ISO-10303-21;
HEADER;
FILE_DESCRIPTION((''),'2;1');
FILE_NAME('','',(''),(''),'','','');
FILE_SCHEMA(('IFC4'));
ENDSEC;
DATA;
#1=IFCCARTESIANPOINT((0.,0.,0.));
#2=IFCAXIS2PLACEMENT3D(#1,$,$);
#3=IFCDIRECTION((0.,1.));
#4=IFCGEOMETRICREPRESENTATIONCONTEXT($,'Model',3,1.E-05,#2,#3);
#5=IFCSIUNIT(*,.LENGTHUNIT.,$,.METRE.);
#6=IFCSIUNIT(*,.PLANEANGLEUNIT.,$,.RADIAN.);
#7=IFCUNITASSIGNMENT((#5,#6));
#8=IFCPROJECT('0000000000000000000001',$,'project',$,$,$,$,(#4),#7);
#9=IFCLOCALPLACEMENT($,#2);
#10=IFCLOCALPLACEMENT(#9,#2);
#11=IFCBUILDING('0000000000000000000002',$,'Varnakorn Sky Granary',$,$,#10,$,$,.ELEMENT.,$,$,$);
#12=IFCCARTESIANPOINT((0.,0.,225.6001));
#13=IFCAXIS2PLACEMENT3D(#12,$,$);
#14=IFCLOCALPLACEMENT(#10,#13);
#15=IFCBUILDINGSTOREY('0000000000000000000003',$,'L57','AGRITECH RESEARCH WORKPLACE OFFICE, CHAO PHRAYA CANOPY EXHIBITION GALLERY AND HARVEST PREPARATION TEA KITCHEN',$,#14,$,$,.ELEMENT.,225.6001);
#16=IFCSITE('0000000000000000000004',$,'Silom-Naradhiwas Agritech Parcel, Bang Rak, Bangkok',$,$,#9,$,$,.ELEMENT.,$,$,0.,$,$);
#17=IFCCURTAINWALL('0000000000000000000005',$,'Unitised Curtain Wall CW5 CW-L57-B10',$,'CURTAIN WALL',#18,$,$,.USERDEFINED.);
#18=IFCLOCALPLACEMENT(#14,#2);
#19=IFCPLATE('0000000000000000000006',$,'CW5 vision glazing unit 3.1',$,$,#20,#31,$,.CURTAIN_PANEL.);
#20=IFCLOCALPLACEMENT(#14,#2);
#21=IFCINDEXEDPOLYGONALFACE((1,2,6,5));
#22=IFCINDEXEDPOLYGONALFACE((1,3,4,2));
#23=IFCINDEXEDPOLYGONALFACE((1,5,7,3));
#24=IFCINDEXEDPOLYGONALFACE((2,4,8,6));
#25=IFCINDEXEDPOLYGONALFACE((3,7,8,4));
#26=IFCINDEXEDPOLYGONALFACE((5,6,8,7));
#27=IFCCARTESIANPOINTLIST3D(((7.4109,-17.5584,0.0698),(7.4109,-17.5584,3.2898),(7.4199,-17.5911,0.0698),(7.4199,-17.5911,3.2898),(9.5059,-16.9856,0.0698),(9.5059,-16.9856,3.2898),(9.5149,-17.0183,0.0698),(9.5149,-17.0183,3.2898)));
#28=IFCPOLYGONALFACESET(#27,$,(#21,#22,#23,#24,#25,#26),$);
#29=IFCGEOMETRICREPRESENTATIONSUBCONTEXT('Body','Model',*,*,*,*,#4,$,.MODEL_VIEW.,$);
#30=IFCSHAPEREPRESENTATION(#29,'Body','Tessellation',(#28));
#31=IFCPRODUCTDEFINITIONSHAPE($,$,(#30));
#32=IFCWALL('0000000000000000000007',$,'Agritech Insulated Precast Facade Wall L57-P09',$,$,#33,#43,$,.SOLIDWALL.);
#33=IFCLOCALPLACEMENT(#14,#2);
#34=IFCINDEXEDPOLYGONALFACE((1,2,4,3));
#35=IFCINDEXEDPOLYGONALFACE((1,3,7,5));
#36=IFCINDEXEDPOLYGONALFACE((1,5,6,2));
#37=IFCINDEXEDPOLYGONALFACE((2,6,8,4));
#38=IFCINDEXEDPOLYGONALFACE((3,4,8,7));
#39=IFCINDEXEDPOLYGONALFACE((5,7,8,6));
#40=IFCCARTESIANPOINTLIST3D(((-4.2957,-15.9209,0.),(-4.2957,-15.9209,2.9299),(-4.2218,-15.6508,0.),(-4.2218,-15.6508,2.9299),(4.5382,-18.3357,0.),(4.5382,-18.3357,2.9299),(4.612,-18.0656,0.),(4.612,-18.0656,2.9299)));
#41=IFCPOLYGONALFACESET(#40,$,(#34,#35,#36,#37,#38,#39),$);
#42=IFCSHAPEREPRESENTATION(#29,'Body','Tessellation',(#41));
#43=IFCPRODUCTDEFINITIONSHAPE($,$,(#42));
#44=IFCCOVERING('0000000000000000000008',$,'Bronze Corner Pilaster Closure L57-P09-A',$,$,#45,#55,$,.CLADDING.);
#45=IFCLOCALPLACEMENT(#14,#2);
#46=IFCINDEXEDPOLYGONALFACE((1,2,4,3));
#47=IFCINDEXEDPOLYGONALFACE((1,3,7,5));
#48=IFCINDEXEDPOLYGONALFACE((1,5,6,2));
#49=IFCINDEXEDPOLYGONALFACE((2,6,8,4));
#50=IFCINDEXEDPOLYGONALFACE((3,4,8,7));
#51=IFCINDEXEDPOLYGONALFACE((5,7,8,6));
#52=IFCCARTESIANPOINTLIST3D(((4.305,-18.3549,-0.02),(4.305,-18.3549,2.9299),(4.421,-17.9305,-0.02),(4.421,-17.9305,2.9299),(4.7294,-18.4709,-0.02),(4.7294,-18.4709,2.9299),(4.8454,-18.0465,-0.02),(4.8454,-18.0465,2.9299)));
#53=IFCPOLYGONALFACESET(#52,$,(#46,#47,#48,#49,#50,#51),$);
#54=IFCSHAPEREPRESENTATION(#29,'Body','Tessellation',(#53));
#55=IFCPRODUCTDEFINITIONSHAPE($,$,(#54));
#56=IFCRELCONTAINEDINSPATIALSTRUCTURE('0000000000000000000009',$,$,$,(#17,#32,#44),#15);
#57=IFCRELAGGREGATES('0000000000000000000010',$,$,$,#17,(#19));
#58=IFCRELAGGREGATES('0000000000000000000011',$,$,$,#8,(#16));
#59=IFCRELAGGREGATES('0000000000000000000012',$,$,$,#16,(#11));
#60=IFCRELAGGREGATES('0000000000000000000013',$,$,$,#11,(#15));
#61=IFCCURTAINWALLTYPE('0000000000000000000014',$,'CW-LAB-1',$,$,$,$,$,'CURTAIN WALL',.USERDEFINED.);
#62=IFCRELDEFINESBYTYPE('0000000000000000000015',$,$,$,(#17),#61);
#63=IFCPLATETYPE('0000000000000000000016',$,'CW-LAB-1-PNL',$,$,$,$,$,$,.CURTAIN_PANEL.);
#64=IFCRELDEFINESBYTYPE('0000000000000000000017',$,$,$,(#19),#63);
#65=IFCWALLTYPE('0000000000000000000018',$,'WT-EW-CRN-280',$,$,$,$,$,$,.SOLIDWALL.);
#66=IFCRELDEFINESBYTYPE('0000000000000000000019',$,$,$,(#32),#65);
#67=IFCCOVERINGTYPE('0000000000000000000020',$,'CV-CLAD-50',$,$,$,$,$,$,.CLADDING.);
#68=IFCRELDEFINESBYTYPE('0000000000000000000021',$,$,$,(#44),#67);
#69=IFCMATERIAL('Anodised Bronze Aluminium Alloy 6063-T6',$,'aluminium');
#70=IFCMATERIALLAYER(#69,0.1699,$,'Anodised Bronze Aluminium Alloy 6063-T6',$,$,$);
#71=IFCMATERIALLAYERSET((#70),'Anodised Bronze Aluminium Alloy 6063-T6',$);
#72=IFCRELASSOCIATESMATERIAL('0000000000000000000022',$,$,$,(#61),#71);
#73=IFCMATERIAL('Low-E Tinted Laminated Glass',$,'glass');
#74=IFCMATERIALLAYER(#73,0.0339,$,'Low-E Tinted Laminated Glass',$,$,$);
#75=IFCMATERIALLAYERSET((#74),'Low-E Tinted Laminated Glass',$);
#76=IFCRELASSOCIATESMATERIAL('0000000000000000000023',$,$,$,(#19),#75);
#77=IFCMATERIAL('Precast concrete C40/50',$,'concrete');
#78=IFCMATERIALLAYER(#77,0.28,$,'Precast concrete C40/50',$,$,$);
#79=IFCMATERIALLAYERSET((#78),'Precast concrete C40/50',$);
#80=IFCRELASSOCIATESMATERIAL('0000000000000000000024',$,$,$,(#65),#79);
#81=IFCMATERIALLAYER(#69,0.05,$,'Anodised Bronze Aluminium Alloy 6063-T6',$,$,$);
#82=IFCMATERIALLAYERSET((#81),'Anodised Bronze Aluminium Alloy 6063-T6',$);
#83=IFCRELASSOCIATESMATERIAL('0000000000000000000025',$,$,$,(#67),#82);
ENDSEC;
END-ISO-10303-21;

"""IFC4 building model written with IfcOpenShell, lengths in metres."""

from ifc_helpers import new_model, si_unit, direction, frame, frame_2d, origin, origin_2d, place, context, subcontext, project, spatial, rectangle, extrude, source, transform, mapped, material, layer, layer_set, type_object, type_shapes, element, aggregate, save


model = new_model("IFC4")

# Units and contexts
model_context = context("Model", 3, precision=1e-05, world=origin(), true_north=direction((0.0, 1.0)))
body_context = subcontext(model_context, "Body", "Model", "MODEL_VIEW")
ifc_project = project(units=[si_unit("LENGTHUNIT", "METRE"), si_unit("PLANEANGLEUNIT", "RADIAN")], contexts=[model_context])

# Site, building, storey
site_placement = place(None, origin())
site = spatial("IfcSite", under=ifc_project, at=site_placement, Name="Silom-Naradhiwas Agritech Parcel, Bang Rak, Bangkok", CompositionType="ELEMENT", RefElevation=0.0)
building_placement = place(site_placement, origin())
building = spatial("IfcBuilding", under=site, at=building_placement, Name="Varnakorn Sky Granary", CompositionType="ELEMENT")
storey_placement = place(building_placement, frame((0.0, 0.0, 225.6001)))
storey = spatial("IfcBuildingStorey", under=building, at=storey_placement, Name="L57", Description="AGRITECH RESEARCH WORKPLACE OFFICE, CHAO PHRAYA CANOPY EXHIBITION GALLERY AND HARVEST PREPARATION TEA KITCHEN", CompositionType="ELEMENT", Elevation=225.6001)

# Curtain wall, plate
ifc_material_1 = material(Name="Anodised Bronze Aluminium Alloy 6063-T6", Category="aluminium")
ifc_layer_1 = layer(ifc_material_1, 0.1699, Name="Anodised Bronze Aluminium Alloy 6063-T6")
ifc_layer_set_1 = layer_set([ifc_layer_1], Name="Anodised Bronze Aluminium Alloy 6063-T6")
curtain_wall_type = type_object("IfcCurtainWallType", Name="CW-LAB-1", ElementType="CURTAIN WALL", PredefinedType="USERDEFINED", material=ifc_layer_set_1)
curtain_wall_placement = place(storey_placement, origin())
curtain_wall = element("IfcCurtainWall", 1, at=curtain_wall_placement, inside=storey, type_object=curtain_wall_type, Name="Unitised Curtain Wall CW5 CW-L57-B10", ObjectType="CURTAIN WALL", PredefinedType="USERDEFINED")
plate_type = type_object("IfcPlateType", Name="CW-LAB-1-PNL", PredefinedType="CURTAIN_PANEL")
ifc_material_2 = material(Name="Low-E Tinted Laminated Glass", Category="glass")
ifc_layer_2 = layer(ifc_material_2, 0.0339, Name="Low-E Tinted Laminated Glass")
ifc_layer_set_2 = layer_set([ifc_layer_2], Name="Low-E Tinted Laminated Glass")
shared_shape_1 = source(origin(), body_context, "Body", "SweptSolid", [
    extrude(rectangle(XDim=2.1719, YDim=0.0339, at=origin_2d()), origin(), (0.0, 0.0, 1.0), 3.22),
])
plate_1_placement = place(storey_placement, frame((8.4629, -17.2883, 0.0698), z_axis=(0.0, 0.0, 1.0), x_axis=(-0.964597, -0.263727, 0.0)))
plate_1 = element("IfcPlate", 2, at=plate_1_placement, type_object=plate_type, material=ifc_layer_set_2, Name="CW5 vision glazing unit 3.1", PredefinedType="CURTAIN_PANEL", context=body_context, shape_type="MappedRepresentation", body=[
    mapped(shared_shape_1, transform((0.0, 0.0, 0.0), x_axis=(1.0, 0.0, 0.0), y_axis=(0.0, 1.0, 0.0), z_axis=(0.0, 0.0, 1.0), scale=1.0)),
])
aggregate(curtain_wall, [plate_1])

# Wall
ifc_material_3 = material(Name="Precast concrete C40/50", Category="concrete")
ifc_layer_3 = layer(ifc_material_3, 0.28, Name="Precast concrete C40/50")
ifc_layer_set_3 = layer_set([ifc_layer_3], Name="Precast concrete C40/50")
wall_type = type_object("IfcWallType", Name="WT-EW-CRN-280", PredefinedType="SOLIDWALL", material=ifc_layer_set_3)
wall_placement = place(storey_placement, frame((4.5752, -18.2007, 0.0), z_axis=(0.0, 0.0, 1.0), x_axis=(-0.964609, 0.263686, 0.0)))
element("IfcWall", 3, at=wall_placement, inside=storey, type_object=wall_type, Name="Agritech Insulated Precast Facade Wall L57-P09", PredefinedType="SOLIDWALL", context=body_context, shape_type="SweptSolid", body=[
    extrude(rectangle(XDim=9.158, YDim=0.28, at=frame_2d((4.5791, 0.0))), origin(), (0.0, 0.0, 1.0), 2.9299),
])

# Covering
ifc_layer_4 = layer(ifc_material_1, 0.05, Name="Anodised Bronze Aluminium Alloy 6063-T6")
ifc_layer_set_4 = layer_set([ifc_layer_4], Name="Anodised Bronze Aluminium Alloy 6063-T6")
covering_type = type_object("IfcCoveringType", Name="CV-CLAD-50", PredefinedType="CLADDING", material=ifc_layer_set_4)
shared_shape_2 = source(origin(), body_context, "Body", "SweptSolid", [
    extrude(rectangle(XDim=0.4399, YDim=0.4399, at=origin_2d()), origin(), (0.0, 0.0, 1.0), 2.95),
])
type_shapes(covering_type, [shared_shape_2])
covering_placement = place(storey_placement, frame((4.5752, -18.2007, -0.02), z_axis=(0.0, 0.0, 1.0), x_axis=(-0.964603, 0.263705, 0.0)))
element("IfcCovering", 4, at=covering_placement, inside=storey, type_object=covering_type, Name="Bronze Corner Pilaster Closure L57-P09-A", PredefinedType="CLADDING", context=body_context, shape_type="MappedRepresentation", body=[
    mapped(shared_shape_2, transform((0.0, 0.0, 0.0), x_axis=(1.0, 0.0, 0.0), y_axis=(0.0, 1.0, 0.0), z_axis=(0.0, 0.0, 1.0), scale=1.0)),
])

save(model, "model.ifc")
